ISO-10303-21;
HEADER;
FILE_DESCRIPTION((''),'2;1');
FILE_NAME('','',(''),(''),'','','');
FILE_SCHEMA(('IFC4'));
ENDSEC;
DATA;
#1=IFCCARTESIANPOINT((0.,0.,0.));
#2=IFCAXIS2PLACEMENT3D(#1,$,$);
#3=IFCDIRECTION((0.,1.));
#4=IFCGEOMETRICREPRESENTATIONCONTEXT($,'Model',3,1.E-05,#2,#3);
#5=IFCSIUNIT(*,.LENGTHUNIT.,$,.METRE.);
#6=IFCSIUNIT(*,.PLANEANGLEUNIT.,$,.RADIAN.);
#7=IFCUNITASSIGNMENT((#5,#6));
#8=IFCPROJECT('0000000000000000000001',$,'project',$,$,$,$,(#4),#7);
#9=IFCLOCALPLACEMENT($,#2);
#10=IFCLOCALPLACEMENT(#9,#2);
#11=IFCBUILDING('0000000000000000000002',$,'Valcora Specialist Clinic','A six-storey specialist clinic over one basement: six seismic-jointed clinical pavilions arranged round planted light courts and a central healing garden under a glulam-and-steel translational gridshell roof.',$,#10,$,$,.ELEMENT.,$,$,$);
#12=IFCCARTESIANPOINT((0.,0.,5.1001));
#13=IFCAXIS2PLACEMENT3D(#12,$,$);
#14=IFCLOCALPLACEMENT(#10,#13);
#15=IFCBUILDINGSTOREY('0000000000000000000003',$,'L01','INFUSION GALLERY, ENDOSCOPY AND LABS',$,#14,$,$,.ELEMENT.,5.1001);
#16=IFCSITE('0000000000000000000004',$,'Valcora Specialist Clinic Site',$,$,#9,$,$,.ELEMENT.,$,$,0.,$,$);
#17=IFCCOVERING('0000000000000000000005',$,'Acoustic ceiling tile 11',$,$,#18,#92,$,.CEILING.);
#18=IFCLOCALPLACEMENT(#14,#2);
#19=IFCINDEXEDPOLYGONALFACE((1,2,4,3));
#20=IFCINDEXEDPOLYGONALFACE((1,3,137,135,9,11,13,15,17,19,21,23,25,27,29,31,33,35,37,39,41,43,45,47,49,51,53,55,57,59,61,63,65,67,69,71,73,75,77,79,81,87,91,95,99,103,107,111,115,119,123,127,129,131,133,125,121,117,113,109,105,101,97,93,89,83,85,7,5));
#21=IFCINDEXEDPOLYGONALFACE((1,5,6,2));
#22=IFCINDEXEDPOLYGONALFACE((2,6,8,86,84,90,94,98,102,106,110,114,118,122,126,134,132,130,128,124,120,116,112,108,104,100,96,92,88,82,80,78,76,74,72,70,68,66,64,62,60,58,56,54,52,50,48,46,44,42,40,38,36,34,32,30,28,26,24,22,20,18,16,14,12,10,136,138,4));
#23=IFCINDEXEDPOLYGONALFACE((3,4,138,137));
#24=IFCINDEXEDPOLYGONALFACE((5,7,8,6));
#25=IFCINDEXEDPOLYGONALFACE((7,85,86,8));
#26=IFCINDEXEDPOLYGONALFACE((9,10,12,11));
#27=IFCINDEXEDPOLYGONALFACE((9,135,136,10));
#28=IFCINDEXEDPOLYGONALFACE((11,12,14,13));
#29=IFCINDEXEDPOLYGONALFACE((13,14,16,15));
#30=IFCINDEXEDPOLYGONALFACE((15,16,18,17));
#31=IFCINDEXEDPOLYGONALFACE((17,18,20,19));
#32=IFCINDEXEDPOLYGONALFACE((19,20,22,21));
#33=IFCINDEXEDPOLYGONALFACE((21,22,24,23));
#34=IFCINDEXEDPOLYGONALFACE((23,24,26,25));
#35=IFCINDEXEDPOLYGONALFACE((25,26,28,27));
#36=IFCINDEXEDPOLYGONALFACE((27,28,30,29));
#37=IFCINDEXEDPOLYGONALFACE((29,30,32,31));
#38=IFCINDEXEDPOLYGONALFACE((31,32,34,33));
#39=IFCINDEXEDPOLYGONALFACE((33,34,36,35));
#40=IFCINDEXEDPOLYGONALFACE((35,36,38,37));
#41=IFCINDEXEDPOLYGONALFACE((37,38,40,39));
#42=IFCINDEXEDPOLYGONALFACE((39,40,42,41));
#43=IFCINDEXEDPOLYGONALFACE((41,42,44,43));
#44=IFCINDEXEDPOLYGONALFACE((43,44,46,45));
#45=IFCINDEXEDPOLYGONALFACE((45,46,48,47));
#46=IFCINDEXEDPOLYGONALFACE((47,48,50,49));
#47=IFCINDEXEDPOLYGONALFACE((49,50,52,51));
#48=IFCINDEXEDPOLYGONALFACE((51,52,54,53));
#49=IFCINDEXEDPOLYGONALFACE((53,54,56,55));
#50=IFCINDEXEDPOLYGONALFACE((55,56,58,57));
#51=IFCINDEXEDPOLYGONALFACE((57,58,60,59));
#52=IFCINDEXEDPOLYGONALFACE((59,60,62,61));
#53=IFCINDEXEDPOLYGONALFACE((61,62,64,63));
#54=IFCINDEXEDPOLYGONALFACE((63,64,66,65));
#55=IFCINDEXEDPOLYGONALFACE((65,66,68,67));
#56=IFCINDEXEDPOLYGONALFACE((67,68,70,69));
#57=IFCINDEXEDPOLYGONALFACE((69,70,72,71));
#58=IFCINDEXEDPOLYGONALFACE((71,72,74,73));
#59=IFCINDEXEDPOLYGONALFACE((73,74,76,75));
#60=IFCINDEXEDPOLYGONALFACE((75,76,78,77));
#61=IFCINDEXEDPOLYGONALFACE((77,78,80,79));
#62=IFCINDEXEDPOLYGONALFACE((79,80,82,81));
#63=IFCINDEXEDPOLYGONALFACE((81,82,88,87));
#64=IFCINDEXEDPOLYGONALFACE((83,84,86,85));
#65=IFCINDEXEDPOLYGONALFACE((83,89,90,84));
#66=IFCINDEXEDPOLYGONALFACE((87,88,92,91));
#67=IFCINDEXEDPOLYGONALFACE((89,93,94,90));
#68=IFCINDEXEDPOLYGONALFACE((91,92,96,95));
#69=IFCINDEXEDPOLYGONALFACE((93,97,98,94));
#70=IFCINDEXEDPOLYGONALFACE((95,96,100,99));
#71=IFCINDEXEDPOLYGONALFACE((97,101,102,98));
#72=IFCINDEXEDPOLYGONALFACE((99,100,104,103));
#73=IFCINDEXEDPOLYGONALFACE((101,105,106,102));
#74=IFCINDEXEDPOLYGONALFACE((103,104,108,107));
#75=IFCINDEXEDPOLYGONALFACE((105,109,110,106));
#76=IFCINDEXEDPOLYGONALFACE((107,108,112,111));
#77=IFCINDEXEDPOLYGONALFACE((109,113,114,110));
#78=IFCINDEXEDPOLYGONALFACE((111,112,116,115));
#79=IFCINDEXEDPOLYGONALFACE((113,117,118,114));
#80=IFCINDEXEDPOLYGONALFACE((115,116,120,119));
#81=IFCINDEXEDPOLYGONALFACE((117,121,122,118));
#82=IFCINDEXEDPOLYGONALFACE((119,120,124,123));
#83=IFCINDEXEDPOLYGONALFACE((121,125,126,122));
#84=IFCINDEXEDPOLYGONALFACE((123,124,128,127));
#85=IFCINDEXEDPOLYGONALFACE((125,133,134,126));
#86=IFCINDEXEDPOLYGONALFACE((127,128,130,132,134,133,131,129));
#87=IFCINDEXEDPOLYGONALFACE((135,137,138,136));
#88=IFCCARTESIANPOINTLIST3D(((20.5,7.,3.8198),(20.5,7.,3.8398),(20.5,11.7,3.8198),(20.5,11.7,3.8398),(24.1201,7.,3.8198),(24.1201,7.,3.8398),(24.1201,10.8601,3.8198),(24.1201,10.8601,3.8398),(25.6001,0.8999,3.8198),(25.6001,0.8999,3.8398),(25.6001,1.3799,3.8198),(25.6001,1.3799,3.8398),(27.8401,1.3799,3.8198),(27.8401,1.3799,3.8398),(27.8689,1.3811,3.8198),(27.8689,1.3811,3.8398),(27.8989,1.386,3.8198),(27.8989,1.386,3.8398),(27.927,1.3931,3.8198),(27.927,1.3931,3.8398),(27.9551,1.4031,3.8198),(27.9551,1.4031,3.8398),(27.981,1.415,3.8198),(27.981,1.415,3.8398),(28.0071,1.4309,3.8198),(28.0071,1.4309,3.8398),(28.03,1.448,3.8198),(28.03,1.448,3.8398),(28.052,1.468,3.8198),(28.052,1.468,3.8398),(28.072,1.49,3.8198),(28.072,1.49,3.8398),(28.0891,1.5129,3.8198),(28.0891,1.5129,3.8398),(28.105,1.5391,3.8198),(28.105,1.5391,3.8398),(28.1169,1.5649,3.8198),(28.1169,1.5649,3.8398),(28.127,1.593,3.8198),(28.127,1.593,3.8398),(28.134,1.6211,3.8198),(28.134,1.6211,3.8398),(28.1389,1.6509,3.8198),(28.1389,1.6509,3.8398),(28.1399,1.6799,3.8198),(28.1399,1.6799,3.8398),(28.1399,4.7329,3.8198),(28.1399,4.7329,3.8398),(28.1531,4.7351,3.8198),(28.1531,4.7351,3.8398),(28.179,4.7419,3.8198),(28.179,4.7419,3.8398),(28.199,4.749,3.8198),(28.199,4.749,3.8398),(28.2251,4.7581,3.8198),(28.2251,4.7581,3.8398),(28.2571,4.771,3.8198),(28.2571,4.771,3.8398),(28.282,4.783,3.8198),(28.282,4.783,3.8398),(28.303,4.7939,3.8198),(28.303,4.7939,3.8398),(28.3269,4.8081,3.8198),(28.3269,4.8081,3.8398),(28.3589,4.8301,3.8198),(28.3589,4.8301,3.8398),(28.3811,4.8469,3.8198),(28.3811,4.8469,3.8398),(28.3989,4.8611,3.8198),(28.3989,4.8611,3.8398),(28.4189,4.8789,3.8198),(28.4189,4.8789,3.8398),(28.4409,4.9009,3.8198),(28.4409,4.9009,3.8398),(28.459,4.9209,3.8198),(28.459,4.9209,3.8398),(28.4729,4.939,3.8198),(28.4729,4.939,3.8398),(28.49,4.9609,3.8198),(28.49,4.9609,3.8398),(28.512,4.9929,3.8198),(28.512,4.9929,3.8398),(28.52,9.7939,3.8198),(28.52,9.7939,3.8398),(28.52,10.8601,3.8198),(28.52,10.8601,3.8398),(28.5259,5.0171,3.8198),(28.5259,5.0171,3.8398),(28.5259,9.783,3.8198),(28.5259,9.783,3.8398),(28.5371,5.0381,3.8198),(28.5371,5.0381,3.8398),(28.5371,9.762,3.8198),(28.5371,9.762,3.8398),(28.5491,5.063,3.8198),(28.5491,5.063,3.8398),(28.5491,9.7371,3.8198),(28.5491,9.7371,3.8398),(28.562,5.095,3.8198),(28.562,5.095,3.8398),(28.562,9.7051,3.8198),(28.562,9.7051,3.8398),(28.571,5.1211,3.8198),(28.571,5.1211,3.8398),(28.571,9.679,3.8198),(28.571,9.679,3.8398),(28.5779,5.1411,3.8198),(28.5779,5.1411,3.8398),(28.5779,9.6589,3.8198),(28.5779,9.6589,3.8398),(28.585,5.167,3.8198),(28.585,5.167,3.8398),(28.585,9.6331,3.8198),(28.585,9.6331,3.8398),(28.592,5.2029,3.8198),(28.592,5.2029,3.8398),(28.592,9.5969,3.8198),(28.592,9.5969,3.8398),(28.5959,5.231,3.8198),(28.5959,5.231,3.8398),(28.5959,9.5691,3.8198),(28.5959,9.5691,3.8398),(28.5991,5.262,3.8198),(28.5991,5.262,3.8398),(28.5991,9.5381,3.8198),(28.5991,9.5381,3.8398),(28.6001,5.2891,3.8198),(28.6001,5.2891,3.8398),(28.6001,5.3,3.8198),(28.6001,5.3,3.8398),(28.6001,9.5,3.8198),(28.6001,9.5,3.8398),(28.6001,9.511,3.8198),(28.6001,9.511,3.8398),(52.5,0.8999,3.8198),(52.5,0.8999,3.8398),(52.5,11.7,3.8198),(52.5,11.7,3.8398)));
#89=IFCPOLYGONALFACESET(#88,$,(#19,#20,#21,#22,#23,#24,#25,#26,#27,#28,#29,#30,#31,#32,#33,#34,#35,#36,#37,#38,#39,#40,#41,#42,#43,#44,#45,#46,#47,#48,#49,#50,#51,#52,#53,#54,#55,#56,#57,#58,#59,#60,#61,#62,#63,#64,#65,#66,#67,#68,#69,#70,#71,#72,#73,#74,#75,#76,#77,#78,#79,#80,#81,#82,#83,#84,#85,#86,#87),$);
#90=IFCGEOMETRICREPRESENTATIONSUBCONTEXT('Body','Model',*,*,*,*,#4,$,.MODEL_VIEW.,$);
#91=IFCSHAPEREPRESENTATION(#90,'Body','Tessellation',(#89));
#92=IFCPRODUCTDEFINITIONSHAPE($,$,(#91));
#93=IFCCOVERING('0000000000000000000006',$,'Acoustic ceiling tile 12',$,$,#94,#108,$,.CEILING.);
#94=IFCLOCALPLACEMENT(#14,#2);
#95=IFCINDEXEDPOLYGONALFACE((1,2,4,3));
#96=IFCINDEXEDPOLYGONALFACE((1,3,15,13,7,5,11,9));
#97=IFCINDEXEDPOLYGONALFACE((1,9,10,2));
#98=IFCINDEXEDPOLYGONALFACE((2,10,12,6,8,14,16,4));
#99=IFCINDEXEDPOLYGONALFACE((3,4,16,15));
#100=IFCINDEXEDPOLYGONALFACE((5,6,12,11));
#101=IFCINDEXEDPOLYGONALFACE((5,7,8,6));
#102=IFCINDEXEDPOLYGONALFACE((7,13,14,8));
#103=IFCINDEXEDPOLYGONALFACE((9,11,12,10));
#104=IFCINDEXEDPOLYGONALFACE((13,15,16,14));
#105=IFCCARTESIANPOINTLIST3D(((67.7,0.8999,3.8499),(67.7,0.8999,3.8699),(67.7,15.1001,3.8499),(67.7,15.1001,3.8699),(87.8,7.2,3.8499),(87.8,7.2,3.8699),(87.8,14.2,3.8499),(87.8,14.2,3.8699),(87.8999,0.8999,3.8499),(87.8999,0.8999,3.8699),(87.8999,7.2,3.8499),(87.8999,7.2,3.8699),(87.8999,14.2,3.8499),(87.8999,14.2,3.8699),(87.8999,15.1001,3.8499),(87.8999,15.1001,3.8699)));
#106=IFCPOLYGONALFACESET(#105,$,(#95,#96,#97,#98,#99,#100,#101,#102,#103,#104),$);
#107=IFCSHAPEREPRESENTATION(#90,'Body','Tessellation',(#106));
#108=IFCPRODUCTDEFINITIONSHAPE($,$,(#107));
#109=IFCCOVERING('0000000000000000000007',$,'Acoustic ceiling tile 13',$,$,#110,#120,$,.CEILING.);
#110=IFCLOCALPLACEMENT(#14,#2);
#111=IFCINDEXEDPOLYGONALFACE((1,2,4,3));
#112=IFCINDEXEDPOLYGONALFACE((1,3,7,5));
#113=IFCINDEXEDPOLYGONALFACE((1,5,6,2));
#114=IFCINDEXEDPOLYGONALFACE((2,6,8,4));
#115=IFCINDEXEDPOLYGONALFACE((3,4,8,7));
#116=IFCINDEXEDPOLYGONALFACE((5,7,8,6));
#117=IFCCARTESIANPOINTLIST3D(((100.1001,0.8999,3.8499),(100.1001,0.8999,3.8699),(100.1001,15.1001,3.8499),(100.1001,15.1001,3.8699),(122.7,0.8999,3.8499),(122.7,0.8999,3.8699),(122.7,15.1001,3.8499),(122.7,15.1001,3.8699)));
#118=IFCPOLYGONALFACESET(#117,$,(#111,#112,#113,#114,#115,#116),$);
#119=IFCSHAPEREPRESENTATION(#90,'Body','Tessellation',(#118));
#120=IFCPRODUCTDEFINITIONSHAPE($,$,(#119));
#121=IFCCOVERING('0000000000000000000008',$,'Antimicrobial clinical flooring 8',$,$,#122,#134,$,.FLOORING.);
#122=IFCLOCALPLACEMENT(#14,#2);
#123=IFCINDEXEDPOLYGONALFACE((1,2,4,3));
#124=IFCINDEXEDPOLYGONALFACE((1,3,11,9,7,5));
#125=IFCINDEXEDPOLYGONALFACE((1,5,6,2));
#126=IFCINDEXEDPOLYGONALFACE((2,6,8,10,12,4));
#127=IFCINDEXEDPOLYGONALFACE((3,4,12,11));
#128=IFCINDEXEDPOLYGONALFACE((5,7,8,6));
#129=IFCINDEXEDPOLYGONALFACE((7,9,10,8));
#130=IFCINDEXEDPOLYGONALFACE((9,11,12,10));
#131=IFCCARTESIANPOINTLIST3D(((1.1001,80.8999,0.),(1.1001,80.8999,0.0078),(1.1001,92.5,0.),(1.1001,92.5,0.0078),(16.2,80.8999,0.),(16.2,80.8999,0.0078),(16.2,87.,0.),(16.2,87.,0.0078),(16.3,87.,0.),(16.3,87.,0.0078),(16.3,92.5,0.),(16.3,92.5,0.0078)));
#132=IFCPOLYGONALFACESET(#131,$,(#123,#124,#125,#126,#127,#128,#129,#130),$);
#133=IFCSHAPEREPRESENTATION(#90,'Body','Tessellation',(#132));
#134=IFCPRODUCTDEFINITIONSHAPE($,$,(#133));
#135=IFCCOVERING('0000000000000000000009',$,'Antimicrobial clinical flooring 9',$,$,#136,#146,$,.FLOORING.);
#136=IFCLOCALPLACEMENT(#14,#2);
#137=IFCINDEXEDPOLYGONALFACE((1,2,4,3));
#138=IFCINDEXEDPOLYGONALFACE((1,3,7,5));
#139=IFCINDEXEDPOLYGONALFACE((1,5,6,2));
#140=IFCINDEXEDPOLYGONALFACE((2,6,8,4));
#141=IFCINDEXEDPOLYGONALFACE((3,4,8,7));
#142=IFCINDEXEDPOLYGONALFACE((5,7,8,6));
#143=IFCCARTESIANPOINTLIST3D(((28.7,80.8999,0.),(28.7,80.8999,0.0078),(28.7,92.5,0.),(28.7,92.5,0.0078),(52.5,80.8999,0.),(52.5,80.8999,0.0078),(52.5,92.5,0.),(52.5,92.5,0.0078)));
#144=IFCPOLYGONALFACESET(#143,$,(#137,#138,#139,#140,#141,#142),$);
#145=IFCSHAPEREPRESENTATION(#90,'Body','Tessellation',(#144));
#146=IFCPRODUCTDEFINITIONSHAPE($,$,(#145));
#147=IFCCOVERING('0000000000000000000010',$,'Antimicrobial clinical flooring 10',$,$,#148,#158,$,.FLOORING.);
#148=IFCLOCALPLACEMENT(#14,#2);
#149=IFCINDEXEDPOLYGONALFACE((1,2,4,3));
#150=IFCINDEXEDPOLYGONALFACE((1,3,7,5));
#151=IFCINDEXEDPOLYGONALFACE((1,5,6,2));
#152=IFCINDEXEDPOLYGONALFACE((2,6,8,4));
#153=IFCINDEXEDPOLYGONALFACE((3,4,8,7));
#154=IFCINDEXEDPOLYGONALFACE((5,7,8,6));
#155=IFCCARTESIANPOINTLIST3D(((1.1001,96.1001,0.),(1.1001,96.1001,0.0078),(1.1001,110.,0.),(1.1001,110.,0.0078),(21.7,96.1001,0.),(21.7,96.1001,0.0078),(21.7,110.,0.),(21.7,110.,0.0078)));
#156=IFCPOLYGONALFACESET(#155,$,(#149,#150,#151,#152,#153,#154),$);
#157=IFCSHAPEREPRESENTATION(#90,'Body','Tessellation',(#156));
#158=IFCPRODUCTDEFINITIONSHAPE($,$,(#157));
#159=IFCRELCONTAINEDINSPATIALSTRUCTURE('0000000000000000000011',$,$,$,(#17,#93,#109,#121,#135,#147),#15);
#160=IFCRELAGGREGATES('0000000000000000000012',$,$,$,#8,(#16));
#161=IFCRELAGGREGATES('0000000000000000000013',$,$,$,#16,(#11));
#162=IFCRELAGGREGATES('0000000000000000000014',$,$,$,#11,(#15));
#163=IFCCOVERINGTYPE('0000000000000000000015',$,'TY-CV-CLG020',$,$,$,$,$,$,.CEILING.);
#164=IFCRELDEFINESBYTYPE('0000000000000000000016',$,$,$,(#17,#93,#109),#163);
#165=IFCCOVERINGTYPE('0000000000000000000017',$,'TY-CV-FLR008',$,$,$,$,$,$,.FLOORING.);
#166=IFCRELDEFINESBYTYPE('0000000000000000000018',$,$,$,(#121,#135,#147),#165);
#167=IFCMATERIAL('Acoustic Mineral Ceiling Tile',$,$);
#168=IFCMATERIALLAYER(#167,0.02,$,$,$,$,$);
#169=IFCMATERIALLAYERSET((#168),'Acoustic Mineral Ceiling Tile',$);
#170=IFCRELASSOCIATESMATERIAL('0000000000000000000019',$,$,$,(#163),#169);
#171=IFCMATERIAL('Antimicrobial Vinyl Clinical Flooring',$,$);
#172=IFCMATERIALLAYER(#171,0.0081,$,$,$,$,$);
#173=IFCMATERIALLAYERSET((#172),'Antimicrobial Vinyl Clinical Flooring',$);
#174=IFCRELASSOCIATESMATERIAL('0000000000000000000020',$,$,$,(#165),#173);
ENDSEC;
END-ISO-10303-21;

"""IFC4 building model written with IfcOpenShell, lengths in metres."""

from ifc_helpers import new_model, si_unit, direction, frame, origin, place, context, subcontext, project, spatial, polyline, outline, extrude, material, layer, layer_set, type_object, element, save


model = new_model("IFC4")

# Units and contexts
model_context = context("Model", 3, precision=1e-05, world=origin(), true_north=direction((0.0, 1.0)))
body_context = subcontext(model_context, "Body", "Model", "MODEL_VIEW")
ifc_project = project(units=[si_unit("LENGTHUNIT", "METRE"), si_unit("PLANEANGLEUNIT", "RADIAN")], contexts=[model_context])

# Site, building, storey
site_placement = place(None, origin())
site = spatial("IfcSite", under=ifc_project, at=site_placement, Name="Valcora Specialist Clinic Site", CompositionType="ELEMENT", RefElevation=0.0)
building_placement = place(site_placement, origin())
building = spatial("IfcBuilding", under=site, at=building_placement, Name="Valcora Specialist Clinic", Description="A six-storey specialist clinic over one basement: six seismic-jointed clinical pavilions arranged round planted light courts and a central healing garden under a glulam-and-steel translational gridshell roof.", CompositionType="ELEMENT")
storey_placement = place(building_placement, frame((0.0, 0.0, 5.1001)))
storey = spatial("IfcBuildingStorey", under=building, at=storey_placement, Name="L01", Description="INFUSION GALLERY, ENDOSCOPY AND LABS", CompositionType="ELEMENT", Elevation=5.1001)

# Coverings
ifc_material_1 = material(Name="Acoustic Mineral Ceiling Tile")
ifc_layer_1 = layer(ifc_material_1, 0.02)
ifc_layer_set_1 = layer_set([ifc_layer_1], Name="Acoustic Mineral Ceiling Tile")
covering_type_1 = type_object("IfcCoveringType", Name="TY-CV-CLG020", PredefinedType="CEILING", material=ifc_layer_set_1)
covering_1_placement = place(storey_placement, frame((0.0, 0.0, 3.8198)))
element("IfcCovering", 1, at=covering_1_placement, inside=storey, type_object=covering_type_1, Name="Acoustic ceiling tile 11", PredefinedType="CEILING", context=body_context, shape_type="SweptSolid", body=[
    extrude(outline(polyline([(52.5, 11.7), (52.5, 0.8999), (25.6001, 0.8999), (25.6001, 1.3799), (27.8401, 1.3799), (27.8689, 1.3811), (27.8989, 1.386), (27.927, 1.3931), (27.9551, 1.4031), (27.981, 1.415), (28.0071, 1.4309), (28.03, 1.448), (28.052, 1.468), (28.072, 1.49), (28.0891, 1.5129), (28.105, 1.5391), (28.1169, 1.5649), (28.127, 1.593), (28.134, 1.6211), (28.1389, 1.6509), (28.1399, 1.6799), (28.1399, 4.7329), (28.1531, 4.7351), (28.179, 4.7419), (28.199, 4.749), (28.2251, 4.7581), (28.2571, 4.771), (28.282, 4.783), (28.303, 4.7939), (28.3269, 4.8081), (28.3589, 4.8301), (28.3811, 4.8469), (28.3989, 4.8611), (28.4189, 4.8789), (28.4409, 4.9009), (28.459, 4.9209), (28.4729, 4.939), (28.49, 4.9609), (28.512, 4.9929), (28.5259, 5.0171), (28.5371, 5.0381), (28.5491, 5.063), (28.562, 5.095), (28.571, 5.1211), (28.5779, 5.1411), (28.585, 5.167), (28.592, 5.2029), (28.5959, 5.231), (28.5991, 5.262), (28.6001, 5.2891), (28.6001, 5.3), (28.6001, 9.5), (28.6001, 9.511), (28.5991, 9.5381), (28.5959, 9.5691), (28.592, 9.5969), (28.585, 9.6331), (28.5779, 9.6589), (28.571, 9.679), (28.562, 9.7051), (28.5491, 9.7371), (28.5371, 9.762), (28.5259, 9.783), (28.52, 9.7939), (28.52, 10.8601), (24.1201, 10.8601), (24.1201, 7.0), (20.5, 7.0), (20.5, 11.7), (52.5, 11.7)])), origin(), (0.0, 0.0, 1.0), 0.02),
])
covering_2_placement = place(storey_placement, frame((0.0, 0.0, 3.8499)))
element("IfcCovering", 2, at=covering_2_placement, inside=storey, type_object=covering_type_1, Name="Acoustic ceiling tile 12", PredefinedType="CEILING", context=body_context, shape_type="SweptSolid", body=[
    extrude(outline(polyline([(67.7, 15.1001), (87.8999, 15.1001), (87.8999, 14.2), (87.8, 14.2), (87.8, 7.2), (87.8999, 7.2), (87.8999, 0.8999), (67.7, 0.8999), (67.7, 15.1001)])), origin(), (0.0, 0.0, 1.0), 0.02),
])
covering_3_placement = place(storey_placement, frame((0.0, 0.0, 3.8499)))
element("IfcCovering", 3, at=covering_3_placement, inside=storey, type_object=covering_type_1, Name="Acoustic ceiling tile 13", PredefinedType="CEILING", context=body_context, shape_type="SweptSolid", body=[
    extrude(outline(polyline([(122.7, 15.1001), (122.7, 0.8999), (100.1001, 0.8999), (100.1001, 15.1001), (122.7, 15.1001)])), origin(), (0.0, 0.0, 1.0), 0.02),
])
ifc_material_2 = material(Name="Antimicrobial Vinyl Clinical Flooring")
ifc_layer_2 = layer(ifc_material_2, 0.0081)
ifc_layer_set_2 = layer_set([ifc_layer_2], Name="Antimicrobial Vinyl Clinical Flooring")
covering_type_2 = type_object("IfcCoveringType", Name="TY-CV-FLR008", PredefinedType="FLOORING", material=ifc_layer_set_2)
covering_4_placement = place(storey_placement, origin())
element("IfcCovering", 4, at=covering_4_placement, inside=storey, type_object=covering_type_2, Name="Antimicrobial clinical flooring 8", PredefinedType="FLOORING", context=body_context, shape_type="SweptSolid", body=[
    extrude(outline(polyline([(1.1001, 92.5), (16.3, 92.5), (16.3, 87.0), (16.2, 87.0), (16.2, 80.8999), (1.1001, 80.8999), (1.1001, 92.5)])), origin(), (0.0, 0.0, 1.0), 0.0078),
])
covering_5_placement = place(storey_placement, origin())
element("IfcCovering", 5, at=covering_5_placement, inside=storey, type_object=covering_type_2, Name="Antimicrobial clinical flooring 9", PredefinedType="FLOORING", context=body_context, shape_type="SweptSolid", body=[
    extrude(outline(polyline([(52.5, 92.5), (52.5, 80.8999), (28.7, 80.8999), (28.7, 92.5), (52.5, 92.5)])), origin(), (0.0, 0.0, 1.0), 0.0078),
])
covering_6_placement = place(storey_placement, origin())
element("IfcCovering", 6, at=covering_6_placement, inside=storey, type_object=covering_type_2, Name="Antimicrobial clinical flooring 10", PredefinedType="FLOORING", context=body_context, shape_type="SweptSolid", body=[
    extrude(outline(polyline([(21.7, 110.0), (21.7, 96.1001), (1.1001, 96.1001), (1.1001, 110.0), (21.7, 110.0)])), origin(), (0.0, 0.0, 1.0), 0.0078),
])

save(model, "model.ifc")
